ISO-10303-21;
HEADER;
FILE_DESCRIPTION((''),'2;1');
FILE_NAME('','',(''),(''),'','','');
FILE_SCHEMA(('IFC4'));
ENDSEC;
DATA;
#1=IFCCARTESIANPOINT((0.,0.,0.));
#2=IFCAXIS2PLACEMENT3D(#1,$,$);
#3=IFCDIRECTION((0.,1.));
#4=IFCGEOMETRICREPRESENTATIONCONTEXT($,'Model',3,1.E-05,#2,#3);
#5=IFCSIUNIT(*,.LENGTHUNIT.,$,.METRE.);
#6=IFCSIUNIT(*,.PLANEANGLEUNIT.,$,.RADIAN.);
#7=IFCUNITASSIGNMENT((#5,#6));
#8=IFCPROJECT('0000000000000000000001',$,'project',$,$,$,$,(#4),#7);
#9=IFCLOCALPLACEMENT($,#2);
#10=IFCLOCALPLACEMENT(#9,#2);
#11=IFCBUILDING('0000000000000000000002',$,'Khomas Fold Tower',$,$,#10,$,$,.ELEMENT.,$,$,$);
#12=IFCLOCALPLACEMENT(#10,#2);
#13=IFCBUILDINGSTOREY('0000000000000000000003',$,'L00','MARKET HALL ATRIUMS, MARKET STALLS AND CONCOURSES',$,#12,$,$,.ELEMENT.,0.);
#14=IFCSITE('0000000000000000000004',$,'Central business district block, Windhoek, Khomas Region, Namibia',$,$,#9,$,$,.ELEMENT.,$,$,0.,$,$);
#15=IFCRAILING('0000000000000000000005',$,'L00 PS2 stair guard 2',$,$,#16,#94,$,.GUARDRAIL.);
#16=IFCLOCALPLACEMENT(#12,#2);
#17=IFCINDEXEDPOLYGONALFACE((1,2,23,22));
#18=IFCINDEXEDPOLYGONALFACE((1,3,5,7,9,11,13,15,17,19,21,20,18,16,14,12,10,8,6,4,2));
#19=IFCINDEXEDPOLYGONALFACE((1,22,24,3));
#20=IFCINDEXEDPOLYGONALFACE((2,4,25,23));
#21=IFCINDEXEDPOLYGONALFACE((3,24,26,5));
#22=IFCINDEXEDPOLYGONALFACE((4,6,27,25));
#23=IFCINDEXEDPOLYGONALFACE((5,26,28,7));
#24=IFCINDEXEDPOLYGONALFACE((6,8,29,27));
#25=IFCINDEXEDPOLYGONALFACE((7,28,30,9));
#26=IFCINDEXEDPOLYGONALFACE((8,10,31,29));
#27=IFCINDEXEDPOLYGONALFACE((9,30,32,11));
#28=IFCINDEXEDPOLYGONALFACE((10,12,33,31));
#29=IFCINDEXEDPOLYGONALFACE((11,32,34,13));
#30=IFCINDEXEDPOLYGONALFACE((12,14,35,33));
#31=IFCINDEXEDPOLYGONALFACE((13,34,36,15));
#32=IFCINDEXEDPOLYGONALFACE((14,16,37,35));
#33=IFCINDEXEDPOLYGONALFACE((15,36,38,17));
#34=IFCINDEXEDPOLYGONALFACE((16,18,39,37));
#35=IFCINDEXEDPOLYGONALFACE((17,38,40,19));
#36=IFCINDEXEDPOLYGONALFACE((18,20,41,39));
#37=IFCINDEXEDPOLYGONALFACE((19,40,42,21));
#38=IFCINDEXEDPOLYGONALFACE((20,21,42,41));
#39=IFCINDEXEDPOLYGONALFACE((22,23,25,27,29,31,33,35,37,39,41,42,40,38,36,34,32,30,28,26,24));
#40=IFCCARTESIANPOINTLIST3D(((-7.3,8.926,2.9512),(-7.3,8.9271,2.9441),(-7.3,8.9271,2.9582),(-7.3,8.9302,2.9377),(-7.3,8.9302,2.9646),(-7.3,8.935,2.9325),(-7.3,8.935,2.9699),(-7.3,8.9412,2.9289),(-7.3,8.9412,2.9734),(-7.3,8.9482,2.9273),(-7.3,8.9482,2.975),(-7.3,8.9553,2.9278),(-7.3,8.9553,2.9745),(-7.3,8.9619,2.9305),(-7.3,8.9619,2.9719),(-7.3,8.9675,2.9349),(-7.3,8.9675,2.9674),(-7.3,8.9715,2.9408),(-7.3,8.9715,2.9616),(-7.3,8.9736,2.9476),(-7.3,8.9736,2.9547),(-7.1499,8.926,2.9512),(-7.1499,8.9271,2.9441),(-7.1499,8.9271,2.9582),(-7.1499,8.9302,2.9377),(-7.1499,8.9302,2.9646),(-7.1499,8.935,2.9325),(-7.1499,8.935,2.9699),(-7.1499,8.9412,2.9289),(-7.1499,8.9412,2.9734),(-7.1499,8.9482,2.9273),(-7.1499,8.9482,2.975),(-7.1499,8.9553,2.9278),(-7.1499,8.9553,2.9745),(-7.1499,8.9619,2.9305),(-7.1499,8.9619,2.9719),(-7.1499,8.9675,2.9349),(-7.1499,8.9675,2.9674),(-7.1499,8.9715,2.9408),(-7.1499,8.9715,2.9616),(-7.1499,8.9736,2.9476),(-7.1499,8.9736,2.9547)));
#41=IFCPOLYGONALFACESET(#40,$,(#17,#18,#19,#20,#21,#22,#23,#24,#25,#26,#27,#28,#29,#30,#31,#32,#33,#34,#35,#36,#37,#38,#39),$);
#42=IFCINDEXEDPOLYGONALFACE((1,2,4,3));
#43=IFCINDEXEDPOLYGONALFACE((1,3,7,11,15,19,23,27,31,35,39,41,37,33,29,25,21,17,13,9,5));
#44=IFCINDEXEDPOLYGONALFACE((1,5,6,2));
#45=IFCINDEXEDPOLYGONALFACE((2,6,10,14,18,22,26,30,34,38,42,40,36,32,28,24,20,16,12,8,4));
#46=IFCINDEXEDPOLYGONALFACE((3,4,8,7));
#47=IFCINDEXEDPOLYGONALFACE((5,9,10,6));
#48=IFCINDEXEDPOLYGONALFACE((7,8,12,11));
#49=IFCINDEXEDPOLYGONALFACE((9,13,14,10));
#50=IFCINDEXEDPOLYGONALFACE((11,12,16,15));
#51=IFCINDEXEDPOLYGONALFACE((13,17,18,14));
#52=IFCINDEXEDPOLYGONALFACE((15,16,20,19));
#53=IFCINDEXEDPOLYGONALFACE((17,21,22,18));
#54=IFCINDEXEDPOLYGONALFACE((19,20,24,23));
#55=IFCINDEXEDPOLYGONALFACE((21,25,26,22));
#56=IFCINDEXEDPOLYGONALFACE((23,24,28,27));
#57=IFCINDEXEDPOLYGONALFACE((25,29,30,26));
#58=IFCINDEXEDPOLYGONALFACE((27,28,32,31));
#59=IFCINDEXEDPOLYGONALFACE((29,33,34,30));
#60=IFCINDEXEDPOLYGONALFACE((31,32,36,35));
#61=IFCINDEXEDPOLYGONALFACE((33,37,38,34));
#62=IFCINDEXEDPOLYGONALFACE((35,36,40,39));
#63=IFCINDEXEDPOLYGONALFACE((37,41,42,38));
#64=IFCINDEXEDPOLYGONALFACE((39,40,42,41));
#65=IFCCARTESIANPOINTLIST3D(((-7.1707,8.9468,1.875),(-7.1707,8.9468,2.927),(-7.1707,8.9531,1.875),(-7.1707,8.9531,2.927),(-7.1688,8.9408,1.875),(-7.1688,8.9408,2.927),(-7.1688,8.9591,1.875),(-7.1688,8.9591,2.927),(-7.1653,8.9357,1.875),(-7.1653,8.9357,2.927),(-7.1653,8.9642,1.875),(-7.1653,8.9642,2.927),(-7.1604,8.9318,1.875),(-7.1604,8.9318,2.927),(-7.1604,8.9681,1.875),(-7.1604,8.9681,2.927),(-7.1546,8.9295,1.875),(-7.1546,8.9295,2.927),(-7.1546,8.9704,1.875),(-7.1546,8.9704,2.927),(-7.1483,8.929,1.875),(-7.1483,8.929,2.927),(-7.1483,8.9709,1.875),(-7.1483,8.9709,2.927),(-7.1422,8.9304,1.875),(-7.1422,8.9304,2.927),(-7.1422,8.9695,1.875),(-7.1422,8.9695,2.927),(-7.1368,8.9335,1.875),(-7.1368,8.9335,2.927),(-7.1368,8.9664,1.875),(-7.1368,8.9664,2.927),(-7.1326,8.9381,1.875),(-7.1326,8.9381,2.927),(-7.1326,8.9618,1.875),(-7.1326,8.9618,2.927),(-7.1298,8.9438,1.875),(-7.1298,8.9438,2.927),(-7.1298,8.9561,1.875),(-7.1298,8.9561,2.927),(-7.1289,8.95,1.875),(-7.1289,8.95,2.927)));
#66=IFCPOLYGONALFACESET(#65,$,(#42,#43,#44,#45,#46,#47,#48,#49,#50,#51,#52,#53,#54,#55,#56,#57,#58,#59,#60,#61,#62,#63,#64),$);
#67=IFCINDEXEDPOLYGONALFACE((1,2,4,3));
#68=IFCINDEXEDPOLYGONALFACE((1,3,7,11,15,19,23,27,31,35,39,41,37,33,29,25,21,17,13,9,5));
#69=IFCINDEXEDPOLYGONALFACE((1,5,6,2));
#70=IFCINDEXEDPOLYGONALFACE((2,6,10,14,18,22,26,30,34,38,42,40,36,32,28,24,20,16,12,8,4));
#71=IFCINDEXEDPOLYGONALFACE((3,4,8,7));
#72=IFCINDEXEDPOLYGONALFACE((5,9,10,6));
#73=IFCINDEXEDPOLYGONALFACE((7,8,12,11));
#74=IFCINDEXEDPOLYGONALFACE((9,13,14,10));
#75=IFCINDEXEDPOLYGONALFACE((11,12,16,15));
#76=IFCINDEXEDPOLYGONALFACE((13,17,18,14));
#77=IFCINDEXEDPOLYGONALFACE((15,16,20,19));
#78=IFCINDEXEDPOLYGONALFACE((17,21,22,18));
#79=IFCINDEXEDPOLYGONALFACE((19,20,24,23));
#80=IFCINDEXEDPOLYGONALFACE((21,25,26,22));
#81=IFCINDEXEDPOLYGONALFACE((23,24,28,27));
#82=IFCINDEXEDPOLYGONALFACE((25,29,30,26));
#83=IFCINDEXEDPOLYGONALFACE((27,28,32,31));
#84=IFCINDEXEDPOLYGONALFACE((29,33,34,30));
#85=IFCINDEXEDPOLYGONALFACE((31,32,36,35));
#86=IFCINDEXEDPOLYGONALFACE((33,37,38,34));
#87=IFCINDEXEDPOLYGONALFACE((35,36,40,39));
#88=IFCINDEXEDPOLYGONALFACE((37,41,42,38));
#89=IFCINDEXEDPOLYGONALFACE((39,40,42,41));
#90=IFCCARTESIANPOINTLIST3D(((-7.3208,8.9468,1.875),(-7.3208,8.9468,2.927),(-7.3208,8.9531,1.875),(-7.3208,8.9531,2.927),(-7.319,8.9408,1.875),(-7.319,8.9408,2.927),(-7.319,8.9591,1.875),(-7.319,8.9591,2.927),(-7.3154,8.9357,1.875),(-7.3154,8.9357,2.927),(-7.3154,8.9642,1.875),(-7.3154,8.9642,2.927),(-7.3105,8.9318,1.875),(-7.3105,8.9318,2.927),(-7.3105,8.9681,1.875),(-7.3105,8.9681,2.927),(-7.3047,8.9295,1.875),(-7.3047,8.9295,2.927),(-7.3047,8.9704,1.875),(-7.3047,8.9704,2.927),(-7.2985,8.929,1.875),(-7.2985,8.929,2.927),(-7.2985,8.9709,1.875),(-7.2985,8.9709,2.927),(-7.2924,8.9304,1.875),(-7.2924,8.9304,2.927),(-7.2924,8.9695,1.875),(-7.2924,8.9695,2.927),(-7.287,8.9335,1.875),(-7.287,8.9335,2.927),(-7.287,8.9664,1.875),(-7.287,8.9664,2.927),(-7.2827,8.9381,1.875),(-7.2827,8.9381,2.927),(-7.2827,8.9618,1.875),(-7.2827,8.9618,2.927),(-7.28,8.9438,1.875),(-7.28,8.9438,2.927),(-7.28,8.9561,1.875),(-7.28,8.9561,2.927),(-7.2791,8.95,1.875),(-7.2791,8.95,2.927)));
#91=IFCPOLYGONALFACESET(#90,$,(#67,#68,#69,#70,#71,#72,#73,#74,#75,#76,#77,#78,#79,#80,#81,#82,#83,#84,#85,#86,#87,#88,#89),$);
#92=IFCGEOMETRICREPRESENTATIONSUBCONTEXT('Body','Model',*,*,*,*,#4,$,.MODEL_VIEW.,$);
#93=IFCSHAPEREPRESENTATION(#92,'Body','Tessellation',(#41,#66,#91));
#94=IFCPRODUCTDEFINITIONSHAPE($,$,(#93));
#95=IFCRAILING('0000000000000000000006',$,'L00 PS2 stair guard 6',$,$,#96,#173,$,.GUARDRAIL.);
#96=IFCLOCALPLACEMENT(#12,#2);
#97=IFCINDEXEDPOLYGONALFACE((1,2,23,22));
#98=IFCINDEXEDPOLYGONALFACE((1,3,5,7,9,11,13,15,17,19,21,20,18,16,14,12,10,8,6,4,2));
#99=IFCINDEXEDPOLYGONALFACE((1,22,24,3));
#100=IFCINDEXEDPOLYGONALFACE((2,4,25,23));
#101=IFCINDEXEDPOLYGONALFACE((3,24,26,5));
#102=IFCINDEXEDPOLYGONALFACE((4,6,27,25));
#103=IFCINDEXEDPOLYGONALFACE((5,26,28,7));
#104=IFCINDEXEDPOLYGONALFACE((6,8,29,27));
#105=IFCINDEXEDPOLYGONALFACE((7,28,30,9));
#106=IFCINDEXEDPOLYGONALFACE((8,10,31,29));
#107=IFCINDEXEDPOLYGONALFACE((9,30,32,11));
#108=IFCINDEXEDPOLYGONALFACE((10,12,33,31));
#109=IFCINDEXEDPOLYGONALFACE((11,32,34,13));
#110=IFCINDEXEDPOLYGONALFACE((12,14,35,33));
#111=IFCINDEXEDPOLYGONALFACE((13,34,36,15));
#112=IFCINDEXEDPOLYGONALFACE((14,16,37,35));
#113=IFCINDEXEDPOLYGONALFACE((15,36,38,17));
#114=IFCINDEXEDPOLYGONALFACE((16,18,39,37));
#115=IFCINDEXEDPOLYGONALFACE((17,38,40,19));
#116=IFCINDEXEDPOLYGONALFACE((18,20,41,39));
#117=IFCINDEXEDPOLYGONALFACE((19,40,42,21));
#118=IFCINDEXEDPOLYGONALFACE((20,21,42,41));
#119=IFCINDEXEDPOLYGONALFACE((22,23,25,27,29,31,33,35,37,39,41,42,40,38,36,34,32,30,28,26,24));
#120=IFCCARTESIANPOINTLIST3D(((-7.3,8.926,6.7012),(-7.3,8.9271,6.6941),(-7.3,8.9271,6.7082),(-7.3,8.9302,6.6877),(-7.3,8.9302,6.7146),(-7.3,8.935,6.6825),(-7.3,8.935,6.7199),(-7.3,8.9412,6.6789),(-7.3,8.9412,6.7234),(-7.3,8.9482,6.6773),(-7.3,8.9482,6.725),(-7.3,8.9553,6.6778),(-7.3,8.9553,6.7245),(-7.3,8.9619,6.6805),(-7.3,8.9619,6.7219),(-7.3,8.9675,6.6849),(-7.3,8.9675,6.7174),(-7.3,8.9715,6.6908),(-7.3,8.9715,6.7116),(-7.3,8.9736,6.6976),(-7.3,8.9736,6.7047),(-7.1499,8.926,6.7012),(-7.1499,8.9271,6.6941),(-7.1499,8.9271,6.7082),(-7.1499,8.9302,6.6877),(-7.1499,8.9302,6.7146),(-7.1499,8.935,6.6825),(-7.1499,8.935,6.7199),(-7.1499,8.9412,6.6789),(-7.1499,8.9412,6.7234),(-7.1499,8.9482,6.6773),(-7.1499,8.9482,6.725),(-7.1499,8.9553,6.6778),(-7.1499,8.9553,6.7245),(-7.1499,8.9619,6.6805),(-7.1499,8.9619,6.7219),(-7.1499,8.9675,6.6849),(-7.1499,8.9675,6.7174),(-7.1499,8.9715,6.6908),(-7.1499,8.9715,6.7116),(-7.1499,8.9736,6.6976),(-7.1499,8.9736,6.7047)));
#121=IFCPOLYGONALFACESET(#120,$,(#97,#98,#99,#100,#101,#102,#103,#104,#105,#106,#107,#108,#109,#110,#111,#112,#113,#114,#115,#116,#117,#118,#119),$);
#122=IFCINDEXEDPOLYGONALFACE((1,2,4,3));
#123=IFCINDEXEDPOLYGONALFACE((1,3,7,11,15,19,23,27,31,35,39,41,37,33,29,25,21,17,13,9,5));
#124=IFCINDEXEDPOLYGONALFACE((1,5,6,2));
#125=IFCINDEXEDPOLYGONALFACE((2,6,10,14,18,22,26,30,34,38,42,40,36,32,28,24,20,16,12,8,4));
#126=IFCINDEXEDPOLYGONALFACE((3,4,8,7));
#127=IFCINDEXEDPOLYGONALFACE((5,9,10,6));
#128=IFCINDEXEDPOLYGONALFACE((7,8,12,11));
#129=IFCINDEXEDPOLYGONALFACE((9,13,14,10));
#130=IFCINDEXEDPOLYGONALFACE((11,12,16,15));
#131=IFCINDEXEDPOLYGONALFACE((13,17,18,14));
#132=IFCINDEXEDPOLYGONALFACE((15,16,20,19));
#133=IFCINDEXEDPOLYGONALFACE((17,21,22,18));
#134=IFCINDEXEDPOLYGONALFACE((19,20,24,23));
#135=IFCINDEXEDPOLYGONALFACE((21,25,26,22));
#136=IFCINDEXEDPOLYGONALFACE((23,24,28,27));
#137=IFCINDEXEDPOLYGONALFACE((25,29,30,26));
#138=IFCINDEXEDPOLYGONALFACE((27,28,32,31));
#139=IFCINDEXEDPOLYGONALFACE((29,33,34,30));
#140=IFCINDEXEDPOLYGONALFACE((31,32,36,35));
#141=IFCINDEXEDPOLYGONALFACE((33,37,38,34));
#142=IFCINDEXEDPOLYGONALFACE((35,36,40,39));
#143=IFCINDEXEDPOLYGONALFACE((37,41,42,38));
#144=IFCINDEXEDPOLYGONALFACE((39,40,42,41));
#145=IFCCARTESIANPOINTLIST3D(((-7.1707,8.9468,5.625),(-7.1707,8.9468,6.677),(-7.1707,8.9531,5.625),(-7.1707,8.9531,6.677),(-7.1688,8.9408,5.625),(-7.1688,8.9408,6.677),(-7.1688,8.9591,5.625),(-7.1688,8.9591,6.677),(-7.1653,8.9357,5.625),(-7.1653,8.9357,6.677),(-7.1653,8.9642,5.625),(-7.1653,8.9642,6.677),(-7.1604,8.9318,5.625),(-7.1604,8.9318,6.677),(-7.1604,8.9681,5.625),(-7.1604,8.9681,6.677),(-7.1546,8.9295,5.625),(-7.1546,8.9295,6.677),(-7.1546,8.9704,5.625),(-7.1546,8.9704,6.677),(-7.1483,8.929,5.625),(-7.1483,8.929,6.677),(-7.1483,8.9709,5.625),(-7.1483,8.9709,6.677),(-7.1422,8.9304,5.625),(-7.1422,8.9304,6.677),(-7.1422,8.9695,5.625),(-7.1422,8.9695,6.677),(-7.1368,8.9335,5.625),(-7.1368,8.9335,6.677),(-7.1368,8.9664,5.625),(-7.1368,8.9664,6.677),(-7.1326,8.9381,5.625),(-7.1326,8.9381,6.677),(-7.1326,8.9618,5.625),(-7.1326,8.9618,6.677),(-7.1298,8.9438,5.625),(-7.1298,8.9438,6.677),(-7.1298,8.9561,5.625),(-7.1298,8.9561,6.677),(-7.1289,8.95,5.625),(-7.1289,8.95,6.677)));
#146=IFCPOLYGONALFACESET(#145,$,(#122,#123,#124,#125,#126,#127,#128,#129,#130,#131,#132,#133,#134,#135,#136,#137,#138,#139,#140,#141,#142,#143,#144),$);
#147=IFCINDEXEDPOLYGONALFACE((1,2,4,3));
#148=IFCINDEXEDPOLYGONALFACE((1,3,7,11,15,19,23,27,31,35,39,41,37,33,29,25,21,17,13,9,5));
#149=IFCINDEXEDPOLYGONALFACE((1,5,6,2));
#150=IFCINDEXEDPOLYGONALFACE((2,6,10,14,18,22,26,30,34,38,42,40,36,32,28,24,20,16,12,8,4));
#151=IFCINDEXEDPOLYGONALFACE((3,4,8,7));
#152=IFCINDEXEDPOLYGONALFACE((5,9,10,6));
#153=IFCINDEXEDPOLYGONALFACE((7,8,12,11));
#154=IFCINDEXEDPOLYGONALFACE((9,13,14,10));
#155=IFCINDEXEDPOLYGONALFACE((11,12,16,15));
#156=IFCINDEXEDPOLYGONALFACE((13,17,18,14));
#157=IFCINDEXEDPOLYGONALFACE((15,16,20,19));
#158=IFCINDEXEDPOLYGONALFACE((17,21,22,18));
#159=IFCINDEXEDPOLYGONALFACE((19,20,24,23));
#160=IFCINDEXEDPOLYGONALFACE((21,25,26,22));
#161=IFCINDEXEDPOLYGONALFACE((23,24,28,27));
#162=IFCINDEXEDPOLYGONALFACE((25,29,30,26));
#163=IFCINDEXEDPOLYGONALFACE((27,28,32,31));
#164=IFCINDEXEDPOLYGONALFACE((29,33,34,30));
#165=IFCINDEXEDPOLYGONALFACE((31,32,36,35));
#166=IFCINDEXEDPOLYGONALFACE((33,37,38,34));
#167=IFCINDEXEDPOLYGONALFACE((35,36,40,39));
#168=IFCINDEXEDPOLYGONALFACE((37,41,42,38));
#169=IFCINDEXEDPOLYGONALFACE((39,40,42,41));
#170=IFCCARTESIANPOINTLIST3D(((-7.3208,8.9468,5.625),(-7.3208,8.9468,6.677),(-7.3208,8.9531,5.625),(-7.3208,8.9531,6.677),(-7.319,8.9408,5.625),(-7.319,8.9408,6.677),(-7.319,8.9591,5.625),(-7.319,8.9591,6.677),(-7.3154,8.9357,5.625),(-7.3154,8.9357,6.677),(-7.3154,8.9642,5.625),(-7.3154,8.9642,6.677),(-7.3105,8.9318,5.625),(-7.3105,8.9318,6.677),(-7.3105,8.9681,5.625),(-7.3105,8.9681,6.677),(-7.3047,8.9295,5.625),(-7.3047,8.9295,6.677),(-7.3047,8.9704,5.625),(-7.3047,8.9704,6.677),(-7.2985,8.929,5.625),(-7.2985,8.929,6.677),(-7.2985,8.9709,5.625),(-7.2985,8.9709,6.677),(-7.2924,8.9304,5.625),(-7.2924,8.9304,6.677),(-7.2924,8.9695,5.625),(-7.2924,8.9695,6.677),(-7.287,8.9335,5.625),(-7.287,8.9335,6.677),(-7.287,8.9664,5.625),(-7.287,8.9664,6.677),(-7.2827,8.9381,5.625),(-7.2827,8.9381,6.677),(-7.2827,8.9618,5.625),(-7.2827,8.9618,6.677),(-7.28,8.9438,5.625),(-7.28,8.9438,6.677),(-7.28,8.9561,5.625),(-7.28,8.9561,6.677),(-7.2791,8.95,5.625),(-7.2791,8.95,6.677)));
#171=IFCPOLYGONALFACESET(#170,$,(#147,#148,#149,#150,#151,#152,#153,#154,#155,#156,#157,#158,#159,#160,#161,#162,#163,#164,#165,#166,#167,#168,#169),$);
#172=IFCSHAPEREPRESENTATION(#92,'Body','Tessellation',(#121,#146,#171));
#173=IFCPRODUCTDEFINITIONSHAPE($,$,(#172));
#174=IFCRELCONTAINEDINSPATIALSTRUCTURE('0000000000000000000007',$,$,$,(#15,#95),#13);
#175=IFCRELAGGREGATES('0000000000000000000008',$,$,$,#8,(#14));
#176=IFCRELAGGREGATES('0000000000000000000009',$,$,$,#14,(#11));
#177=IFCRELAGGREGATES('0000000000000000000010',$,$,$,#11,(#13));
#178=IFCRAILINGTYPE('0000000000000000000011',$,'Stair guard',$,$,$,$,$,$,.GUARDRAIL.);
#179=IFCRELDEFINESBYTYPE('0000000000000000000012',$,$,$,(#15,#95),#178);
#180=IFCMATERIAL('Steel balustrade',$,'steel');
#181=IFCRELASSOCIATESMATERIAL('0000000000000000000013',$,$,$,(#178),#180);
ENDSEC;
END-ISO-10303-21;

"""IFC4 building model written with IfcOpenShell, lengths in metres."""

from ifc_helpers import new_model, si_unit, direction, frame, origin, origin_2d, place, context, subcontext, project, spatial, circle, extrude, source, transform, mapped, material, type_object, element, save


model = new_model("IFC4")

# Units and contexts
model_context = context("Model", 3, precision=1e-05, world=origin(), true_north=direction((0.0, 1.0)))
body_context = subcontext(model_context, "Body", "Model", "MODEL_VIEW")
ifc_project = project(units=[si_unit("LENGTHUNIT", "METRE"), si_unit("PLANEANGLEUNIT", "RADIAN")], contexts=[model_context])

# Site, building, storey
site_placement = place(None, origin())
site = spatial("IfcSite", under=ifc_project, at=site_placement, Name="Central business district block, Windhoek, Khomas Region, Namibia", CompositionType="ELEMENT", RefElevation=0.0)
building_placement = place(site_placement, origin())
building = spatial("IfcBuilding", under=site, at=building_placement, Name="Khomas Fold Tower", CompositionType="ELEMENT")
storey_placement = place(building_placement, origin())
storey = spatial("IfcBuildingStorey", under=building, at=storey_placement, Name="L00", Description="MARKET HALL ATRIUMS, MARKET STALLS AND CONCOURSES", CompositionType="ELEMENT", Elevation=0.0)

# Railings
ifc_material_1 = material(Name="Steel balustrade", Category="steel")
railing_type_1 = type_object("IfcRailingType", Name="Stair guard", PredefinedType="GUARDRAIL", material=ifc_material_1)
shared_shape_1 = source(origin(), body_context, "Body", "SweptSolid", [
    extrude(circle(Radius=0.0239, at=origin_2d()), frame((0.0, 0.0, 1.0762), z_axis=(-1.0, 0.0, 0.0), x_axis=(0.0, -1.0, 0.0)), (0.0, 0.0, 1.0), 0.1501),
    extrude(circle(Radius=0.021, at=origin_2d()), origin(), (0.0, 0.0, 1.0), 1.052),
    extrude(circle(Radius=0.021, at=origin_2d()), frame((-0.1501, 0.0, 0.0)), (0.0, 0.0, 1.0), 1.052),
])
for number, where, name in (
    (1, (-7.1499, 8.95, 1.875), "L00 PS2 stair guard 2"),
    (2, (-7.1499, 8.95, 5.625), "L00 PS2 stair guard 6"),
):
    element("IfcRailing", number, at=place(storey_placement, frame(where)), inside=storey, type_object=railing_type_1, Name=name, PredefinedType="GUARDRAIL", context=body_context, shape_type="MappedRepresentation", body=[
        mapped(shared_shape_1, transform((0.0, 0.0, 0.0))),
    ])

save(model, "model.ifc")
